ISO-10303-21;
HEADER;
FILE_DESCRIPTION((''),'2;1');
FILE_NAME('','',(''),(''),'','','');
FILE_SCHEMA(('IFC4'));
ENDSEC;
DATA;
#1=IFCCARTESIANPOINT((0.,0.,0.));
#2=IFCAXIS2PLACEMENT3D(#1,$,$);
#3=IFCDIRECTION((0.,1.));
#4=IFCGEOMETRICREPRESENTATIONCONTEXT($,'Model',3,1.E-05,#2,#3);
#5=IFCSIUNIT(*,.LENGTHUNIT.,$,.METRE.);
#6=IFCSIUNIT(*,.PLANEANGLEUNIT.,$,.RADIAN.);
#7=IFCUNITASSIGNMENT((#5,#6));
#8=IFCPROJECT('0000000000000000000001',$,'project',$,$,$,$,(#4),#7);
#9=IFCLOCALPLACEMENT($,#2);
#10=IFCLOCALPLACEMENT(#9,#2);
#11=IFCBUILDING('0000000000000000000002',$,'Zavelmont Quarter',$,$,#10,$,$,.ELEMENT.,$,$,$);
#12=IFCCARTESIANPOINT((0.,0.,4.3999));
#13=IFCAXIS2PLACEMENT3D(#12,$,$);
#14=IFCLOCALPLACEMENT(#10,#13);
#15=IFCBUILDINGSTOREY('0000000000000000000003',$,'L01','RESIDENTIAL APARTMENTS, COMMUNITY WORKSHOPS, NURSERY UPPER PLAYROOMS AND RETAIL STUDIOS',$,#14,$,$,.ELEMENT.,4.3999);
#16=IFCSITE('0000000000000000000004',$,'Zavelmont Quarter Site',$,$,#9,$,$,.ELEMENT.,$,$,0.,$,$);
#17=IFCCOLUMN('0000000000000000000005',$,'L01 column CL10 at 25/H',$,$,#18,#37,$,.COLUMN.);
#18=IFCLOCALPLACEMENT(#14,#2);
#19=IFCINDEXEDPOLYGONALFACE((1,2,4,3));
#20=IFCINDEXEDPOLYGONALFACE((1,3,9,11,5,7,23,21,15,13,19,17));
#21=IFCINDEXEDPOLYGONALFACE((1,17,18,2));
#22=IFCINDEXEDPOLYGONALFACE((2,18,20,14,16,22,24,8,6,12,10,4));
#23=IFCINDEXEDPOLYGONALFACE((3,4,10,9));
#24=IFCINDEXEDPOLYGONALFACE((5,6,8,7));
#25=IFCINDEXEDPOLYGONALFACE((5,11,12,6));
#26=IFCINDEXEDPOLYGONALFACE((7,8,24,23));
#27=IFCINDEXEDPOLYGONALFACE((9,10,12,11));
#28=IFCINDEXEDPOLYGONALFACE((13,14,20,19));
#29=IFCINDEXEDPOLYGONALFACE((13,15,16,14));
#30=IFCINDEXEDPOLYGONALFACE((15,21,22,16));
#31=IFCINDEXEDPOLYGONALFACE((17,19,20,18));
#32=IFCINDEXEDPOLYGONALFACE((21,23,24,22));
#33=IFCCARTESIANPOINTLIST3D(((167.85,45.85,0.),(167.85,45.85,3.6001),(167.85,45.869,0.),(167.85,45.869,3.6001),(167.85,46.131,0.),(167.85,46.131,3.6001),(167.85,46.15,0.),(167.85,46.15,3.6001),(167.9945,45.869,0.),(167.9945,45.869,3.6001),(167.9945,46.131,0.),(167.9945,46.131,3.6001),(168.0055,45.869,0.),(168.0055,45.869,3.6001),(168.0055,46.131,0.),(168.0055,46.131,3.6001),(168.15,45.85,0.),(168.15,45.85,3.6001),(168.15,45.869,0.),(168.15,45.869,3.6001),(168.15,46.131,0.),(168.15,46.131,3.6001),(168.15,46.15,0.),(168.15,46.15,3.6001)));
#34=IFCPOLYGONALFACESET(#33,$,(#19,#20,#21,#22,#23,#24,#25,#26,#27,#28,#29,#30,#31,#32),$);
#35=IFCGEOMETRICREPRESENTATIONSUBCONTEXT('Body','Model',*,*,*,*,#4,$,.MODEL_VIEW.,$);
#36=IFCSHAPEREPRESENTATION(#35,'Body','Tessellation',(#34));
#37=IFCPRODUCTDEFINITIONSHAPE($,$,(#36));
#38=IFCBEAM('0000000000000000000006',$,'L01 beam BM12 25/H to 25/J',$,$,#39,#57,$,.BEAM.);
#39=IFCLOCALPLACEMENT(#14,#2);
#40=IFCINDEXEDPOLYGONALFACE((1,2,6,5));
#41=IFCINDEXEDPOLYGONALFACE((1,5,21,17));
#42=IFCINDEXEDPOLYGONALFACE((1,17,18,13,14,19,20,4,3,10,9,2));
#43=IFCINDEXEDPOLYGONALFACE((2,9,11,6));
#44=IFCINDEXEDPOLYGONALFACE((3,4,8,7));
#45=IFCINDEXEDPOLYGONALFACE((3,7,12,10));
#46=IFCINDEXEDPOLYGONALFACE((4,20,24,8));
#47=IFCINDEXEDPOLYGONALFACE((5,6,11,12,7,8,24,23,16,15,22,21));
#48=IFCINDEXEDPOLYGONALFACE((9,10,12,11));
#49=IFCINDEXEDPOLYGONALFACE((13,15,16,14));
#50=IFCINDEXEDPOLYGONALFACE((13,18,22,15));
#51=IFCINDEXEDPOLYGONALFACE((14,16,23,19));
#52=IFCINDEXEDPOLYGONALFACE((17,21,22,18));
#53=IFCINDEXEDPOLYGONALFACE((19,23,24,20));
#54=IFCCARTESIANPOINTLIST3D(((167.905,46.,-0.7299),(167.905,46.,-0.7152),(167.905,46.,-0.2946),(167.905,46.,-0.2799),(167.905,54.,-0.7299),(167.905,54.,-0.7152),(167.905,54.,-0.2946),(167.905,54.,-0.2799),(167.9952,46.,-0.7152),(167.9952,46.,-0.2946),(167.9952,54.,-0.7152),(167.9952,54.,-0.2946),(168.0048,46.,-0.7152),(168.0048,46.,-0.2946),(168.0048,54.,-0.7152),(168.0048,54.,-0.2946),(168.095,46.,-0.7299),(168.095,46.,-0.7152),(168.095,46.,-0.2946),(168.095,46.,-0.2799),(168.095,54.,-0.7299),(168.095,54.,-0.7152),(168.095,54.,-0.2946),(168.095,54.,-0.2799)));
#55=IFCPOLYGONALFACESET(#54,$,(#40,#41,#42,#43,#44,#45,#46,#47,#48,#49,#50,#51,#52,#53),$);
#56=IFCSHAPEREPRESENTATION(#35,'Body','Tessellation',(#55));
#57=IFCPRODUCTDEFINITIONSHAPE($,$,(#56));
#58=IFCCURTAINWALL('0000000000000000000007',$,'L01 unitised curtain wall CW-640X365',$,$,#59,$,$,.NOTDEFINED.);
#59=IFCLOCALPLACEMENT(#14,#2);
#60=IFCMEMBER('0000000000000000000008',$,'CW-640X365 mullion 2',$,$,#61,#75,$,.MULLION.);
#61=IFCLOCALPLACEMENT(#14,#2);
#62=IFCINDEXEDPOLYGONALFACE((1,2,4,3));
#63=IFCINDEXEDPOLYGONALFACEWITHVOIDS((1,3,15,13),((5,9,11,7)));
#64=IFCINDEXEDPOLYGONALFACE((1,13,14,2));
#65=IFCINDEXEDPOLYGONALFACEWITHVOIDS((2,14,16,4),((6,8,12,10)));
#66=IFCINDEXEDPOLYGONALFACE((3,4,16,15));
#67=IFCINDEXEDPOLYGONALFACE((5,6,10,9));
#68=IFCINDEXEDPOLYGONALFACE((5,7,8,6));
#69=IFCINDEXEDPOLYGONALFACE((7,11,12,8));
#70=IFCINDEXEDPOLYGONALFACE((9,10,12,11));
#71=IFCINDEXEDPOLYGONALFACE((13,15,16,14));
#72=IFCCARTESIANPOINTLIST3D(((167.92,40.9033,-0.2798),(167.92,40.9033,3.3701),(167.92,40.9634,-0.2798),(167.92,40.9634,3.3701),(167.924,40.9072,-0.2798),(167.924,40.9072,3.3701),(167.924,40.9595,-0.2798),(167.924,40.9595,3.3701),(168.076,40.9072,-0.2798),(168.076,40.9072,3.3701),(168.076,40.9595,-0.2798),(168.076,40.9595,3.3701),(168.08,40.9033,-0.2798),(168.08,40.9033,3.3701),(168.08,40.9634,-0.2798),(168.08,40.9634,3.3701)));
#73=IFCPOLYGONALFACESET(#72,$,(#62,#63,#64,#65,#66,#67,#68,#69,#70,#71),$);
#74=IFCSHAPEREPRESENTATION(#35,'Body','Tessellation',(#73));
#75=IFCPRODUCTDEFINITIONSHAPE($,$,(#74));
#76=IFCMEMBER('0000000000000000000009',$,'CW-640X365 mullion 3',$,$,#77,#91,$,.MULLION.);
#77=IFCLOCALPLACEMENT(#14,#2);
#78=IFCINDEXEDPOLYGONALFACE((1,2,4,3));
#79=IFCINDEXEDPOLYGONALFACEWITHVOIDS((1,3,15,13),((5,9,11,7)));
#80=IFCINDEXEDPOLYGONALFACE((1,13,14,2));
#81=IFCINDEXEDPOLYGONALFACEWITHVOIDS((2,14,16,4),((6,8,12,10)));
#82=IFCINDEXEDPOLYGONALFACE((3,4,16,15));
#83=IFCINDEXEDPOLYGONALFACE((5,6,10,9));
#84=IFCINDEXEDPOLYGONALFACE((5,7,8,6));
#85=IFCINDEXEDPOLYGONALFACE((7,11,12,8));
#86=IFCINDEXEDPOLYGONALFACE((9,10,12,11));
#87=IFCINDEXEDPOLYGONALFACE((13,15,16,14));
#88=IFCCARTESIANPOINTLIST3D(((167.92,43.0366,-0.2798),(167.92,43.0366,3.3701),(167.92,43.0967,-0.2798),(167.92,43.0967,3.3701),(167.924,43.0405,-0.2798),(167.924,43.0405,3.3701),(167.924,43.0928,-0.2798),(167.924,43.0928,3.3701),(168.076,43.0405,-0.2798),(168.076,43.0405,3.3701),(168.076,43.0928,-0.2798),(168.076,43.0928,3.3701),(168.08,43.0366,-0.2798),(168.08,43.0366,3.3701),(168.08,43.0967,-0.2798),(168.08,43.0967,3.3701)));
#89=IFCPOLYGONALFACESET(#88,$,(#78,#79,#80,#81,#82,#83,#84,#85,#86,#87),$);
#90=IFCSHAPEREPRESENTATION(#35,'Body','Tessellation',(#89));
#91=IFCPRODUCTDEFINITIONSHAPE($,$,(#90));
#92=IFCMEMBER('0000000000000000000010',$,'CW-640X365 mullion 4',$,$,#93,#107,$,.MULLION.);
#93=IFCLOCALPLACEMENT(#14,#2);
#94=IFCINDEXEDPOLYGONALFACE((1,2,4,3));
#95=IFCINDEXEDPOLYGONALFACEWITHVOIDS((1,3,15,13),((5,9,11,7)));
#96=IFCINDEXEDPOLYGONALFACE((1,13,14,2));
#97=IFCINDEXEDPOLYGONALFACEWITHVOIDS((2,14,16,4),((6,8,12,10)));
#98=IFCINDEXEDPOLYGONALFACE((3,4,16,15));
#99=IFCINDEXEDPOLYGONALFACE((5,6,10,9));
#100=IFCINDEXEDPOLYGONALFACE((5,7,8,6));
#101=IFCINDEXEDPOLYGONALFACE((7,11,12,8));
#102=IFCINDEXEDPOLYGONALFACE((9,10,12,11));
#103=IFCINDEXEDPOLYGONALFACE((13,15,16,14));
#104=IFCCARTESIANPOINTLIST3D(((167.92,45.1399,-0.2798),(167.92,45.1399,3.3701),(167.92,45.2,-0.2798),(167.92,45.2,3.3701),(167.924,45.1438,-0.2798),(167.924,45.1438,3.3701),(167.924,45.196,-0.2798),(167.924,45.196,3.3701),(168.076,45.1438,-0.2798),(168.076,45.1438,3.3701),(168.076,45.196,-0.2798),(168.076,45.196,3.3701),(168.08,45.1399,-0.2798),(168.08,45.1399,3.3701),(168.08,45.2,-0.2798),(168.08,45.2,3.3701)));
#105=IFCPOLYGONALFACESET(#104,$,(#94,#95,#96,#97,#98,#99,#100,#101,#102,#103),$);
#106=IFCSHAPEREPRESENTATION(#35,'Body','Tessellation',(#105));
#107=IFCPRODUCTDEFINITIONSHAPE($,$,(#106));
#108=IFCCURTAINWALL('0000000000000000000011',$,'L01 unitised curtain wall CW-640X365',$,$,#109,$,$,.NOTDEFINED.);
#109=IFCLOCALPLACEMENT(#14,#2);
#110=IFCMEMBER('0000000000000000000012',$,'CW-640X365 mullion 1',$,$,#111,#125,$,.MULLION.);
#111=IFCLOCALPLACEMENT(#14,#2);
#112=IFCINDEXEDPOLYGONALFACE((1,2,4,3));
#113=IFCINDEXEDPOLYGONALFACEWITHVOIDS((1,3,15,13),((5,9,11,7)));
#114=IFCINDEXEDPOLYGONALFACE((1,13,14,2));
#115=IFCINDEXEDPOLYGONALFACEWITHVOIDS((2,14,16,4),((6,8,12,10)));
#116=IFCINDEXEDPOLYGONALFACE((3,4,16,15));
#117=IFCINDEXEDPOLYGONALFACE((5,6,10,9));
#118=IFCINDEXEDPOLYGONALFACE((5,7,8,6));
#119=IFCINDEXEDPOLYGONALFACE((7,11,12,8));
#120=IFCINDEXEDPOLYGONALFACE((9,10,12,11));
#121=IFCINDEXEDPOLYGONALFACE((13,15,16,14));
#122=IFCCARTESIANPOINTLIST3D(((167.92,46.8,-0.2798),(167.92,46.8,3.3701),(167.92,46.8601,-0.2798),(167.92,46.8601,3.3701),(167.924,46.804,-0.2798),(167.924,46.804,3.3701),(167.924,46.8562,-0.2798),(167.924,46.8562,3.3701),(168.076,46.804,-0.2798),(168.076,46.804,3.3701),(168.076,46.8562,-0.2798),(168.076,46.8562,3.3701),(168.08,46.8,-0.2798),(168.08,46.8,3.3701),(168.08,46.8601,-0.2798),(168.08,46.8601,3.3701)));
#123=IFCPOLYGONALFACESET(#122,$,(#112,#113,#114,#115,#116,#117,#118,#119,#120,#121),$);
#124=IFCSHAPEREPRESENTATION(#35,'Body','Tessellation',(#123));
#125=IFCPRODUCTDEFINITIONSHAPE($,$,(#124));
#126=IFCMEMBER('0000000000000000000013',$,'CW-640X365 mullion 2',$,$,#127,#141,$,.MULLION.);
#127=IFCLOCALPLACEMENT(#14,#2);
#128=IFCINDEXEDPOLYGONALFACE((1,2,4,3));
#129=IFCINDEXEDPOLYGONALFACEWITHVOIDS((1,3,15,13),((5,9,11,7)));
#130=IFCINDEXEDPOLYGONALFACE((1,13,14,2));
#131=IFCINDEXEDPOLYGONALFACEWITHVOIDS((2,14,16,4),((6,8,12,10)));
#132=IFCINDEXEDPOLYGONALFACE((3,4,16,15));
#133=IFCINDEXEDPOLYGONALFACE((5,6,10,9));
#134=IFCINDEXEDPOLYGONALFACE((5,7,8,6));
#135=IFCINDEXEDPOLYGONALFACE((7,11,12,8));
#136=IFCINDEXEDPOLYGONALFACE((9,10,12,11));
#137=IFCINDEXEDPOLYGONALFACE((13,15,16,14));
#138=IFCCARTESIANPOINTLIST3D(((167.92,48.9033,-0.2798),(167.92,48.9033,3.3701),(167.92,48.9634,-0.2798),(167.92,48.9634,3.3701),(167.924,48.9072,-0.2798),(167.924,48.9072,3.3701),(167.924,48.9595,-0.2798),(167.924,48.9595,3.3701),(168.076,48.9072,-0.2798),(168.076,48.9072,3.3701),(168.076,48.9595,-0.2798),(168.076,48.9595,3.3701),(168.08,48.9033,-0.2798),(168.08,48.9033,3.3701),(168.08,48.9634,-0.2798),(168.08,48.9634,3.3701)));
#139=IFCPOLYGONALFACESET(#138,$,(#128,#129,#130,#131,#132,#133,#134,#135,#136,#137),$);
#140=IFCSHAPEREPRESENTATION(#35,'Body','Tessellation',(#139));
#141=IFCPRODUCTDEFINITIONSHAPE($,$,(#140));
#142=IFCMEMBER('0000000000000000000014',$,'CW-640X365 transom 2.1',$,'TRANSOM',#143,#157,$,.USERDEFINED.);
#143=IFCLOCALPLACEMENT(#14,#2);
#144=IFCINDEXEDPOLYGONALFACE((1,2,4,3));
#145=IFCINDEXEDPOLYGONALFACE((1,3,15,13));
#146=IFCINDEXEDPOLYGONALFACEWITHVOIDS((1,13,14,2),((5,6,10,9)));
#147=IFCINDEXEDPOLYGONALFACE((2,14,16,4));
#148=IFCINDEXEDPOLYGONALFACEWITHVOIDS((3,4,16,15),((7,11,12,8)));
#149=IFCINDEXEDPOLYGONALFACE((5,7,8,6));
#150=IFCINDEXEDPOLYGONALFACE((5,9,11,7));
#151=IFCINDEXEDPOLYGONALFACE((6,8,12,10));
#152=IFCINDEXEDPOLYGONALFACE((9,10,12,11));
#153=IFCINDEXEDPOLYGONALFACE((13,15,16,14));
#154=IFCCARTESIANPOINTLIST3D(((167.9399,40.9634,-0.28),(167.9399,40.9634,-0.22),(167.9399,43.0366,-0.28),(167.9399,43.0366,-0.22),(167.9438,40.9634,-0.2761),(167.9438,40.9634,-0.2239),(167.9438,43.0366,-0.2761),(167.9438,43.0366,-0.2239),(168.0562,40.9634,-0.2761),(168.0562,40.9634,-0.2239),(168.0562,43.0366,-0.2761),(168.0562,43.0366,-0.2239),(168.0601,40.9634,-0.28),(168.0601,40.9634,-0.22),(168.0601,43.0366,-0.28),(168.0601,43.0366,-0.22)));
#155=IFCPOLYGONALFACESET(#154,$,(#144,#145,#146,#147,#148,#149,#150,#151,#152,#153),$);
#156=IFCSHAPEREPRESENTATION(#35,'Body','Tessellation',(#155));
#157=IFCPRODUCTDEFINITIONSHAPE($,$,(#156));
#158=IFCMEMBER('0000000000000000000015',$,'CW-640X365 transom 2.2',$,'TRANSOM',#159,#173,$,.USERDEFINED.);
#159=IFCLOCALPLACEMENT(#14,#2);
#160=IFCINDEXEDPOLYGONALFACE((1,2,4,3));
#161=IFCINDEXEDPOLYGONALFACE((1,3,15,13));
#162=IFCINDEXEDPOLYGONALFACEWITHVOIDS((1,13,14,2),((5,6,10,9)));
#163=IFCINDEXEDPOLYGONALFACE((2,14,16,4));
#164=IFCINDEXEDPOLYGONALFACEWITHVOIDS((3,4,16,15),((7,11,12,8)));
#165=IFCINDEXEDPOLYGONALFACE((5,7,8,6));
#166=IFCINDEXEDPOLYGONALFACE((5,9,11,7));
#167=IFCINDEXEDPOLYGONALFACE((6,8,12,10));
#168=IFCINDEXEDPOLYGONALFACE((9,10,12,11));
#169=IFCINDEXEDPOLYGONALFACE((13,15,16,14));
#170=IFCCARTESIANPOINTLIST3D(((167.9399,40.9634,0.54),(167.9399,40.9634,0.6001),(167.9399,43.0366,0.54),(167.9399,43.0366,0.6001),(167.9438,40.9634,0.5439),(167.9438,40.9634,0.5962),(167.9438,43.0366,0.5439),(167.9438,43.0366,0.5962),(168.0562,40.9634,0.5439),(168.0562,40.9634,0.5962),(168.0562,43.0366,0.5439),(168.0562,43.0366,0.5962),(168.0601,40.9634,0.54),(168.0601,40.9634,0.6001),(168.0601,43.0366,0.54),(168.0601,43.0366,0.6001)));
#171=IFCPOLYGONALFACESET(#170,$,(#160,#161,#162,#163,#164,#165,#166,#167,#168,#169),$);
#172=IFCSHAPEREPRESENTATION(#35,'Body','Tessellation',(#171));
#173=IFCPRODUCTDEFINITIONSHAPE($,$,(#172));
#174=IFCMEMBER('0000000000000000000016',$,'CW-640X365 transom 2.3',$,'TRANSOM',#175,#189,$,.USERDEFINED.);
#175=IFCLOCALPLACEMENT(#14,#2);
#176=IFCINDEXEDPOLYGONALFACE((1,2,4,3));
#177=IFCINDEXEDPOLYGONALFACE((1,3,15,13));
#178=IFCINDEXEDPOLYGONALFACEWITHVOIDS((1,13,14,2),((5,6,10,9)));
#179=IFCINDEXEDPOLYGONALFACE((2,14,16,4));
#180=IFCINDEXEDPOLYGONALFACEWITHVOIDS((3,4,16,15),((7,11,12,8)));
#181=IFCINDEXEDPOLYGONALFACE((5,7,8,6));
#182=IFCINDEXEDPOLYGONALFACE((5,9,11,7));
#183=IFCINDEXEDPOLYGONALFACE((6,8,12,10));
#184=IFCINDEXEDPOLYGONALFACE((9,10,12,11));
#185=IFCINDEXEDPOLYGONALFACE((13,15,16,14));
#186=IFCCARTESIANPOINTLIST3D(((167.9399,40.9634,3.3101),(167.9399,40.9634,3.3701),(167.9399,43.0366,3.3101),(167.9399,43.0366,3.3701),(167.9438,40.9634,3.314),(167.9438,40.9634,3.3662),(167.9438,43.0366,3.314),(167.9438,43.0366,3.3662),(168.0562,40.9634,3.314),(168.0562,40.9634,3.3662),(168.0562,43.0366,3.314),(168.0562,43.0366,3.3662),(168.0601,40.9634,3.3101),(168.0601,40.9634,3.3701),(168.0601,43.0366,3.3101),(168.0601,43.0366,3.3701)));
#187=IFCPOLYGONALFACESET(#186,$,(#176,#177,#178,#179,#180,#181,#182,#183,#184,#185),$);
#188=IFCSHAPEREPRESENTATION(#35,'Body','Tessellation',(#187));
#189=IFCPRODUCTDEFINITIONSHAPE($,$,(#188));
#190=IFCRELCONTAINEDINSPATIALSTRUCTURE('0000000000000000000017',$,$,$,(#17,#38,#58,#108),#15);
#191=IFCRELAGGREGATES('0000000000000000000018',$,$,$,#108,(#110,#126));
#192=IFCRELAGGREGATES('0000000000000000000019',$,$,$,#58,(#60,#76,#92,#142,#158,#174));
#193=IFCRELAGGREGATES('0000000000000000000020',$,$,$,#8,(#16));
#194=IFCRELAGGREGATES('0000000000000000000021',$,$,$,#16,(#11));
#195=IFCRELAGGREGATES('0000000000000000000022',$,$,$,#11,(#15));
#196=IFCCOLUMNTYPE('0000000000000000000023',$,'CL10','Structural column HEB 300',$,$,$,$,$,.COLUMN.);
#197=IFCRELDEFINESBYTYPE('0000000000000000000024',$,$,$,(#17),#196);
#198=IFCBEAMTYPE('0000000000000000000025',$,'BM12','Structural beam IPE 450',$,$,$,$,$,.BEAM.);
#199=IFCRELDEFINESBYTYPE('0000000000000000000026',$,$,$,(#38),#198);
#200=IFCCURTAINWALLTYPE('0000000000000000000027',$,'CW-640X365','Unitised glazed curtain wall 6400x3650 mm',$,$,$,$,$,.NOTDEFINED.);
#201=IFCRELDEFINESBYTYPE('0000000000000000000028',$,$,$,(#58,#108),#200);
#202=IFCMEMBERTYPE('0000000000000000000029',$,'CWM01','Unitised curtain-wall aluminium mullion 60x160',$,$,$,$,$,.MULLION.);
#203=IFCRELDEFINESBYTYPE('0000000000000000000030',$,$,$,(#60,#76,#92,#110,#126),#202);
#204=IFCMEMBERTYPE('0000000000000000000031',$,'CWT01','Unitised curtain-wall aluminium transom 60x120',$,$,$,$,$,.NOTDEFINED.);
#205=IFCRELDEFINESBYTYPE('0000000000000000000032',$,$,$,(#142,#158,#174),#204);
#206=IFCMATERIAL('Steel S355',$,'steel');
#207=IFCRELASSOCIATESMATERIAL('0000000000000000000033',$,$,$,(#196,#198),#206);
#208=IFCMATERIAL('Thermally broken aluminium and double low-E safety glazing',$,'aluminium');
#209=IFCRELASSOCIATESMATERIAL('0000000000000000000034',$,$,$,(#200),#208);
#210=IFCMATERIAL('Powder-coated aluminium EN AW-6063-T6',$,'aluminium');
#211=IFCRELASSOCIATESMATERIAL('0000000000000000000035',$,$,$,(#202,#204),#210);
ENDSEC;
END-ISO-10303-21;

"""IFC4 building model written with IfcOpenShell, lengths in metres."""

from ifc_helpers import new_model, si_unit, direction, frame, origin, origin_2d, place, context, subcontext, project, spatial, hollow_rectangle, i_section, extrude, material, material_profile, profile_set, type_object, element, aggregate, save


model = new_model("IFC4")

# Units and contexts
model_context = context("Model", 3, precision=1e-05, world=origin(), true_north=direction((0.0, 1.0)))
body_context = subcontext(model_context, "Body", "Model", "MODEL_VIEW")
ifc_project = project(units=[si_unit("LENGTHUNIT", "METRE"), si_unit("PLANEANGLEUNIT", "RADIAN")], contexts=[model_context])

# Site, building, storey
site_placement = place(None, origin())
site = spatial("IfcSite", under=ifc_project, at=site_placement, Name="Zavelmont Quarter Site", CompositionType="ELEMENT", RefElevation=0.0)
building_placement = place(site_placement, origin())
building = spatial("IfcBuilding", under=site, at=building_placement, Name="Zavelmont Quarter", CompositionType="ELEMENT")
storey_placement = place(building_placement, frame((0.0, 0.0, 4.3999)))
storey = spatial("IfcBuildingStorey", under=building, at=storey_placement, Name="L01", Description="RESIDENTIAL APARTMENTS, COMMUNITY WORKSHOPS, NURSERY UPPER PLAYROOMS AND RETAIL STUDIOS", CompositionType="ELEMENT", Elevation=4.3999)

# Column
ifc_material_1 = material(Name="Steel S355", Category="steel")
ifc_material_profile_1 = material_profile(ifc_material_1, i_section(OverallWidth=0.3, OverallDepth=0.3, WebThickness=0.011, FlangeThickness=0.019, at=origin_2d()), Name="HEB 300")
ifc_profile_set_1 = profile_set([ifc_material_profile_1], Name="Steel S355")
column_type = type_object("IfcColumnType", Name="CL10", Description="Structural column HEB 300", PredefinedType="COLUMN", material=ifc_profile_set_1)
column_placement = place(storey_placement, frame((168.0, 46.0, 0.0), z_axis=(0.0, 0.0, 1.0), x_axis=(1.0, 0.0, 0.0)))
element("IfcColumn", 1, at=column_placement, inside=storey, type_object=column_type, Name="L01 column CL10 at 25/H", PredefinedType="COLUMN", context=body_context, shape_type="SweptSolid", body=[
    extrude(i_section(OverallWidth=0.3, OverallDepth=0.3, WebThickness=0.011, FlangeThickness=0.019, at=origin_2d()), origin(), (0.0, 0.0, 1.0), 3.6001),
])

# Beam
ifc_material_profile_2 = material_profile(ifc_material_1, i_section(OverallWidth=0.1899, OverallDepth=0.45, WebThickness=0.0095, FlangeThickness=0.0146, at=origin_2d()), Name="IPE 450")
ifc_profile_set_2 = profile_set([ifc_material_profile_2], Name="Steel S355")
beam_type = type_object("IfcBeamType", Name="BM12", Description="Structural beam IPE 450", PredefinedType="BEAM", material=ifc_profile_set_2)
beam_placement = place(storey_placement, frame((168.0, 46.0, -0.5049), z_axis=(0.0, 1.0, 0.0), x_axis=(-1.0, 0.0, 0.0)))
element("IfcBeam", 2, at=beam_placement, inside=storey, type_object=beam_type, Name="L01 beam BM12 25/H to 25/J", PredefinedType="BEAM", context=body_context, shape_type="SweptSolid", body=[
    extrude(i_section(OverallWidth=0.1899, OverallDepth=0.45, WebThickness=0.0095, FlangeThickness=0.0146, at=origin_2d()), origin(), (0.0, 0.0, 1.0), 8.0),
])

# Curtain walls, members
ifc_material_2 = material(Name="Thermally broken aluminium and double low-E safety glazing", Category="aluminium")
curtain_wall_type = type_object("IfcCurtainWallType", Name="CW-640X365", Description="Unitised glazed curtain wall 6400x3650 mm", PredefinedType="NOTDEFINED", material=ifc_material_2)
curtain_wall_1_placement = place(storey_placement, origin())
curtain_wall_1 = element("IfcCurtainWall", 3, at=curtain_wall_1_placement, inside=storey, type_object=curtain_wall_type, Name="L01 unitised curtain wall CW-640X365", PredefinedType="NOTDEFINED")
ifc_material_3 = material(Name="Powder-coated aluminium EN AW-6063-T6", Category="aluminium")
ifc_material_profile_3 = material_profile(ifc_material_3, hollow_rectangle(XDim=0.0601, YDim=0.1599, WallThickness=0.0039, at=origin_2d()), Name="CWM60X160")
ifc_profile_set_3 = profile_set([ifc_material_profile_3], Name="Powder-coated aluminium EN AW-6063-T6")
member_type_1 = type_object("IfcMemberType", Name="CWM01", Description="Unitised curtain-wall aluminium mullion 60x160", PredefinedType="MULLION", material=ifc_profile_set_3)
member_1_placement = place(storey_placement, frame((168.0, 40.9333, -0.2798), z_axis=(0.0, 0.0, 1.0), x_axis=(0.0, 1.0, 0.0)))
member_1 = element("IfcMember", 4, at=member_1_placement, type_object=member_type_1, Name="CW-640X365 mullion 2", PredefinedType="MULLION", context=body_context, shape_type="SweptSolid", body=[
    extrude(hollow_rectangle(XDim=0.0601, YDim=0.1599, WallThickness=0.0039, at=origin_2d()), origin(), (0.0, 0.0, 1.0), 3.6499),
])
member_2_placement = place(storey_placement, frame((168.0, 43.0667, -0.2798), z_axis=(0.0, 0.0, 1.0), x_axis=(0.0, 1.0, 0.0)))
member_2 = element("IfcMember", 5, at=member_2_placement, type_object=member_type_1, Name="CW-640X365 mullion 3", PredefinedType="MULLION", context=body_context, shape_type="SweptSolid", body=[
    extrude(hollow_rectangle(XDim=0.0601, YDim=0.1599, WallThickness=0.0039, at=origin_2d()), origin(), (0.0, 0.0, 1.0), 3.6499),
])
member_3_placement = place(storey_placement, frame((168.0, 45.1699, -0.2798), z_axis=(0.0, 0.0, 1.0), x_axis=(0.0, 1.0, 0.0)))
member_3 = element("IfcMember", 6, at=member_3_placement, type_object=member_type_1, Name="CW-640X365 mullion 4", PredefinedType="MULLION", context=body_context, shape_type="SweptSolid", body=[
    extrude(hollow_rectangle(XDim=0.0601, YDim=0.1599, WallThickness=0.0039, at=origin_2d()), origin(), (0.0, 0.0, 1.0), 3.6499),
])
curtain_wall_2_placement = place(storey_placement, origin())
curtain_wall_2 = element("IfcCurtainWall", 7, at=curtain_wall_2_placement, inside=storey, type_object=curtain_wall_type, Name="L01 unitised curtain wall CW-640X365", PredefinedType="NOTDEFINED")
member_4_placement = place(storey_placement, frame((168.0, 46.8301, -0.2798), z_axis=(0.0, 0.0, 1.0), x_axis=(0.0, 1.0, 0.0)))
member_4 = element("IfcMember", 8, at=member_4_placement, type_object=member_type_1, Name="CW-640X365 mullion 1", PredefinedType="MULLION", context=body_context, shape_type="SweptSolid", body=[
    extrude(hollow_rectangle(XDim=0.0601, YDim=0.1599, WallThickness=0.0039, at=origin_2d()), origin(), (0.0, 0.0, 1.0), 3.6499),
])
member_5_placement = place(storey_placement, frame((168.0, 48.9333, -0.2798), z_axis=(0.0, 0.0, 1.0), x_axis=(0.0, 1.0, 0.0)))
member_5 = element("IfcMember", 9, at=member_5_placement, type_object=member_type_1, Name="CW-640X365 mullion 2", PredefinedType="MULLION", context=body_context, shape_type="SweptSolid", body=[
    extrude(hollow_rectangle(XDim=0.0601, YDim=0.1599, WallThickness=0.0039, at=origin_2d()), origin(), (0.0, 0.0, 1.0), 3.6499),
])

# Members
ifc_material_profile_4 = material_profile(ifc_material_3, hollow_rectangle(XDim=0.1201, YDim=0.0601, WallThickness=0.0039, at=origin_2d()), Name="CWT60X120")
ifc_profile_set_4 = profile_set([ifc_material_profile_4], Name="Powder-coated aluminium EN AW-6063-T6")
member_type_2 = type_object("IfcMemberType", Name="CWT01", Description="Unitised curtain-wall aluminium transom 60x120", PredefinedType="NOTDEFINED", material=ifc_profile_set_4)
member_6_placement = place(storey_placement, frame((168.0, 40.9634, -0.25), z_axis=(0.0, 1.0, 0.0), x_axis=(-1.0, 0.0, 0.0)))
member_6 = element("IfcMember", 10, at=member_6_placement, type_object=member_type_2, Name="CW-640X365 transom 2.1", ObjectType="TRANSOM", PredefinedType="USERDEFINED", context=body_context, shape_type="SweptSolid", body=[
    extrude(hollow_rectangle(XDim=0.1201, YDim=0.0601, WallThickness=0.0039, at=origin_2d()), origin(), (0.0, 0.0, 1.0), 2.0732),
])
member_7_placement = place(storey_placement, frame((168.0, 40.9634, 0.5701), z_axis=(0.0, 1.0, 0.0), x_axis=(-1.0, 0.0, 0.0)))
member_7 = element("IfcMember", 11, at=member_7_placement, type_object=member_type_2, Name="CW-640X365 transom 2.2", ObjectType="TRANSOM", PredefinedType="USERDEFINED", context=body_context, shape_type="SweptSolid", body=[
    extrude(hollow_rectangle(XDim=0.1201, YDim=0.0601, WallThickness=0.0039, at=origin_2d()), origin(), (0.0, 0.0, 1.0), 2.0732),
])
member_8_placement = place(storey_placement, frame((168.0, 40.9634, 3.3401), z_axis=(0.0, 1.0, 0.0), x_axis=(-1.0, 0.0, 0.0)))
member_8 = element("IfcMember", 12, at=member_8_placement, type_object=member_type_2, Name="CW-640X365 transom 2.3", ObjectType="TRANSOM", PredefinedType="USERDEFINED", context=body_context, shape_type="SweptSolid", body=[
    extrude(hollow_rectangle(XDim=0.1201, YDim=0.0601, WallThickness=0.0039, at=origin_2d()), origin(), (0.0, 0.0, 1.0), 2.0732),
])

aggregate(curtain_wall_2, [member_4, member_5])
aggregate(curtain_wall_1, [member_1, member_2, member_3, member_6, member_7, member_8])

save(model, "model.ifc")
